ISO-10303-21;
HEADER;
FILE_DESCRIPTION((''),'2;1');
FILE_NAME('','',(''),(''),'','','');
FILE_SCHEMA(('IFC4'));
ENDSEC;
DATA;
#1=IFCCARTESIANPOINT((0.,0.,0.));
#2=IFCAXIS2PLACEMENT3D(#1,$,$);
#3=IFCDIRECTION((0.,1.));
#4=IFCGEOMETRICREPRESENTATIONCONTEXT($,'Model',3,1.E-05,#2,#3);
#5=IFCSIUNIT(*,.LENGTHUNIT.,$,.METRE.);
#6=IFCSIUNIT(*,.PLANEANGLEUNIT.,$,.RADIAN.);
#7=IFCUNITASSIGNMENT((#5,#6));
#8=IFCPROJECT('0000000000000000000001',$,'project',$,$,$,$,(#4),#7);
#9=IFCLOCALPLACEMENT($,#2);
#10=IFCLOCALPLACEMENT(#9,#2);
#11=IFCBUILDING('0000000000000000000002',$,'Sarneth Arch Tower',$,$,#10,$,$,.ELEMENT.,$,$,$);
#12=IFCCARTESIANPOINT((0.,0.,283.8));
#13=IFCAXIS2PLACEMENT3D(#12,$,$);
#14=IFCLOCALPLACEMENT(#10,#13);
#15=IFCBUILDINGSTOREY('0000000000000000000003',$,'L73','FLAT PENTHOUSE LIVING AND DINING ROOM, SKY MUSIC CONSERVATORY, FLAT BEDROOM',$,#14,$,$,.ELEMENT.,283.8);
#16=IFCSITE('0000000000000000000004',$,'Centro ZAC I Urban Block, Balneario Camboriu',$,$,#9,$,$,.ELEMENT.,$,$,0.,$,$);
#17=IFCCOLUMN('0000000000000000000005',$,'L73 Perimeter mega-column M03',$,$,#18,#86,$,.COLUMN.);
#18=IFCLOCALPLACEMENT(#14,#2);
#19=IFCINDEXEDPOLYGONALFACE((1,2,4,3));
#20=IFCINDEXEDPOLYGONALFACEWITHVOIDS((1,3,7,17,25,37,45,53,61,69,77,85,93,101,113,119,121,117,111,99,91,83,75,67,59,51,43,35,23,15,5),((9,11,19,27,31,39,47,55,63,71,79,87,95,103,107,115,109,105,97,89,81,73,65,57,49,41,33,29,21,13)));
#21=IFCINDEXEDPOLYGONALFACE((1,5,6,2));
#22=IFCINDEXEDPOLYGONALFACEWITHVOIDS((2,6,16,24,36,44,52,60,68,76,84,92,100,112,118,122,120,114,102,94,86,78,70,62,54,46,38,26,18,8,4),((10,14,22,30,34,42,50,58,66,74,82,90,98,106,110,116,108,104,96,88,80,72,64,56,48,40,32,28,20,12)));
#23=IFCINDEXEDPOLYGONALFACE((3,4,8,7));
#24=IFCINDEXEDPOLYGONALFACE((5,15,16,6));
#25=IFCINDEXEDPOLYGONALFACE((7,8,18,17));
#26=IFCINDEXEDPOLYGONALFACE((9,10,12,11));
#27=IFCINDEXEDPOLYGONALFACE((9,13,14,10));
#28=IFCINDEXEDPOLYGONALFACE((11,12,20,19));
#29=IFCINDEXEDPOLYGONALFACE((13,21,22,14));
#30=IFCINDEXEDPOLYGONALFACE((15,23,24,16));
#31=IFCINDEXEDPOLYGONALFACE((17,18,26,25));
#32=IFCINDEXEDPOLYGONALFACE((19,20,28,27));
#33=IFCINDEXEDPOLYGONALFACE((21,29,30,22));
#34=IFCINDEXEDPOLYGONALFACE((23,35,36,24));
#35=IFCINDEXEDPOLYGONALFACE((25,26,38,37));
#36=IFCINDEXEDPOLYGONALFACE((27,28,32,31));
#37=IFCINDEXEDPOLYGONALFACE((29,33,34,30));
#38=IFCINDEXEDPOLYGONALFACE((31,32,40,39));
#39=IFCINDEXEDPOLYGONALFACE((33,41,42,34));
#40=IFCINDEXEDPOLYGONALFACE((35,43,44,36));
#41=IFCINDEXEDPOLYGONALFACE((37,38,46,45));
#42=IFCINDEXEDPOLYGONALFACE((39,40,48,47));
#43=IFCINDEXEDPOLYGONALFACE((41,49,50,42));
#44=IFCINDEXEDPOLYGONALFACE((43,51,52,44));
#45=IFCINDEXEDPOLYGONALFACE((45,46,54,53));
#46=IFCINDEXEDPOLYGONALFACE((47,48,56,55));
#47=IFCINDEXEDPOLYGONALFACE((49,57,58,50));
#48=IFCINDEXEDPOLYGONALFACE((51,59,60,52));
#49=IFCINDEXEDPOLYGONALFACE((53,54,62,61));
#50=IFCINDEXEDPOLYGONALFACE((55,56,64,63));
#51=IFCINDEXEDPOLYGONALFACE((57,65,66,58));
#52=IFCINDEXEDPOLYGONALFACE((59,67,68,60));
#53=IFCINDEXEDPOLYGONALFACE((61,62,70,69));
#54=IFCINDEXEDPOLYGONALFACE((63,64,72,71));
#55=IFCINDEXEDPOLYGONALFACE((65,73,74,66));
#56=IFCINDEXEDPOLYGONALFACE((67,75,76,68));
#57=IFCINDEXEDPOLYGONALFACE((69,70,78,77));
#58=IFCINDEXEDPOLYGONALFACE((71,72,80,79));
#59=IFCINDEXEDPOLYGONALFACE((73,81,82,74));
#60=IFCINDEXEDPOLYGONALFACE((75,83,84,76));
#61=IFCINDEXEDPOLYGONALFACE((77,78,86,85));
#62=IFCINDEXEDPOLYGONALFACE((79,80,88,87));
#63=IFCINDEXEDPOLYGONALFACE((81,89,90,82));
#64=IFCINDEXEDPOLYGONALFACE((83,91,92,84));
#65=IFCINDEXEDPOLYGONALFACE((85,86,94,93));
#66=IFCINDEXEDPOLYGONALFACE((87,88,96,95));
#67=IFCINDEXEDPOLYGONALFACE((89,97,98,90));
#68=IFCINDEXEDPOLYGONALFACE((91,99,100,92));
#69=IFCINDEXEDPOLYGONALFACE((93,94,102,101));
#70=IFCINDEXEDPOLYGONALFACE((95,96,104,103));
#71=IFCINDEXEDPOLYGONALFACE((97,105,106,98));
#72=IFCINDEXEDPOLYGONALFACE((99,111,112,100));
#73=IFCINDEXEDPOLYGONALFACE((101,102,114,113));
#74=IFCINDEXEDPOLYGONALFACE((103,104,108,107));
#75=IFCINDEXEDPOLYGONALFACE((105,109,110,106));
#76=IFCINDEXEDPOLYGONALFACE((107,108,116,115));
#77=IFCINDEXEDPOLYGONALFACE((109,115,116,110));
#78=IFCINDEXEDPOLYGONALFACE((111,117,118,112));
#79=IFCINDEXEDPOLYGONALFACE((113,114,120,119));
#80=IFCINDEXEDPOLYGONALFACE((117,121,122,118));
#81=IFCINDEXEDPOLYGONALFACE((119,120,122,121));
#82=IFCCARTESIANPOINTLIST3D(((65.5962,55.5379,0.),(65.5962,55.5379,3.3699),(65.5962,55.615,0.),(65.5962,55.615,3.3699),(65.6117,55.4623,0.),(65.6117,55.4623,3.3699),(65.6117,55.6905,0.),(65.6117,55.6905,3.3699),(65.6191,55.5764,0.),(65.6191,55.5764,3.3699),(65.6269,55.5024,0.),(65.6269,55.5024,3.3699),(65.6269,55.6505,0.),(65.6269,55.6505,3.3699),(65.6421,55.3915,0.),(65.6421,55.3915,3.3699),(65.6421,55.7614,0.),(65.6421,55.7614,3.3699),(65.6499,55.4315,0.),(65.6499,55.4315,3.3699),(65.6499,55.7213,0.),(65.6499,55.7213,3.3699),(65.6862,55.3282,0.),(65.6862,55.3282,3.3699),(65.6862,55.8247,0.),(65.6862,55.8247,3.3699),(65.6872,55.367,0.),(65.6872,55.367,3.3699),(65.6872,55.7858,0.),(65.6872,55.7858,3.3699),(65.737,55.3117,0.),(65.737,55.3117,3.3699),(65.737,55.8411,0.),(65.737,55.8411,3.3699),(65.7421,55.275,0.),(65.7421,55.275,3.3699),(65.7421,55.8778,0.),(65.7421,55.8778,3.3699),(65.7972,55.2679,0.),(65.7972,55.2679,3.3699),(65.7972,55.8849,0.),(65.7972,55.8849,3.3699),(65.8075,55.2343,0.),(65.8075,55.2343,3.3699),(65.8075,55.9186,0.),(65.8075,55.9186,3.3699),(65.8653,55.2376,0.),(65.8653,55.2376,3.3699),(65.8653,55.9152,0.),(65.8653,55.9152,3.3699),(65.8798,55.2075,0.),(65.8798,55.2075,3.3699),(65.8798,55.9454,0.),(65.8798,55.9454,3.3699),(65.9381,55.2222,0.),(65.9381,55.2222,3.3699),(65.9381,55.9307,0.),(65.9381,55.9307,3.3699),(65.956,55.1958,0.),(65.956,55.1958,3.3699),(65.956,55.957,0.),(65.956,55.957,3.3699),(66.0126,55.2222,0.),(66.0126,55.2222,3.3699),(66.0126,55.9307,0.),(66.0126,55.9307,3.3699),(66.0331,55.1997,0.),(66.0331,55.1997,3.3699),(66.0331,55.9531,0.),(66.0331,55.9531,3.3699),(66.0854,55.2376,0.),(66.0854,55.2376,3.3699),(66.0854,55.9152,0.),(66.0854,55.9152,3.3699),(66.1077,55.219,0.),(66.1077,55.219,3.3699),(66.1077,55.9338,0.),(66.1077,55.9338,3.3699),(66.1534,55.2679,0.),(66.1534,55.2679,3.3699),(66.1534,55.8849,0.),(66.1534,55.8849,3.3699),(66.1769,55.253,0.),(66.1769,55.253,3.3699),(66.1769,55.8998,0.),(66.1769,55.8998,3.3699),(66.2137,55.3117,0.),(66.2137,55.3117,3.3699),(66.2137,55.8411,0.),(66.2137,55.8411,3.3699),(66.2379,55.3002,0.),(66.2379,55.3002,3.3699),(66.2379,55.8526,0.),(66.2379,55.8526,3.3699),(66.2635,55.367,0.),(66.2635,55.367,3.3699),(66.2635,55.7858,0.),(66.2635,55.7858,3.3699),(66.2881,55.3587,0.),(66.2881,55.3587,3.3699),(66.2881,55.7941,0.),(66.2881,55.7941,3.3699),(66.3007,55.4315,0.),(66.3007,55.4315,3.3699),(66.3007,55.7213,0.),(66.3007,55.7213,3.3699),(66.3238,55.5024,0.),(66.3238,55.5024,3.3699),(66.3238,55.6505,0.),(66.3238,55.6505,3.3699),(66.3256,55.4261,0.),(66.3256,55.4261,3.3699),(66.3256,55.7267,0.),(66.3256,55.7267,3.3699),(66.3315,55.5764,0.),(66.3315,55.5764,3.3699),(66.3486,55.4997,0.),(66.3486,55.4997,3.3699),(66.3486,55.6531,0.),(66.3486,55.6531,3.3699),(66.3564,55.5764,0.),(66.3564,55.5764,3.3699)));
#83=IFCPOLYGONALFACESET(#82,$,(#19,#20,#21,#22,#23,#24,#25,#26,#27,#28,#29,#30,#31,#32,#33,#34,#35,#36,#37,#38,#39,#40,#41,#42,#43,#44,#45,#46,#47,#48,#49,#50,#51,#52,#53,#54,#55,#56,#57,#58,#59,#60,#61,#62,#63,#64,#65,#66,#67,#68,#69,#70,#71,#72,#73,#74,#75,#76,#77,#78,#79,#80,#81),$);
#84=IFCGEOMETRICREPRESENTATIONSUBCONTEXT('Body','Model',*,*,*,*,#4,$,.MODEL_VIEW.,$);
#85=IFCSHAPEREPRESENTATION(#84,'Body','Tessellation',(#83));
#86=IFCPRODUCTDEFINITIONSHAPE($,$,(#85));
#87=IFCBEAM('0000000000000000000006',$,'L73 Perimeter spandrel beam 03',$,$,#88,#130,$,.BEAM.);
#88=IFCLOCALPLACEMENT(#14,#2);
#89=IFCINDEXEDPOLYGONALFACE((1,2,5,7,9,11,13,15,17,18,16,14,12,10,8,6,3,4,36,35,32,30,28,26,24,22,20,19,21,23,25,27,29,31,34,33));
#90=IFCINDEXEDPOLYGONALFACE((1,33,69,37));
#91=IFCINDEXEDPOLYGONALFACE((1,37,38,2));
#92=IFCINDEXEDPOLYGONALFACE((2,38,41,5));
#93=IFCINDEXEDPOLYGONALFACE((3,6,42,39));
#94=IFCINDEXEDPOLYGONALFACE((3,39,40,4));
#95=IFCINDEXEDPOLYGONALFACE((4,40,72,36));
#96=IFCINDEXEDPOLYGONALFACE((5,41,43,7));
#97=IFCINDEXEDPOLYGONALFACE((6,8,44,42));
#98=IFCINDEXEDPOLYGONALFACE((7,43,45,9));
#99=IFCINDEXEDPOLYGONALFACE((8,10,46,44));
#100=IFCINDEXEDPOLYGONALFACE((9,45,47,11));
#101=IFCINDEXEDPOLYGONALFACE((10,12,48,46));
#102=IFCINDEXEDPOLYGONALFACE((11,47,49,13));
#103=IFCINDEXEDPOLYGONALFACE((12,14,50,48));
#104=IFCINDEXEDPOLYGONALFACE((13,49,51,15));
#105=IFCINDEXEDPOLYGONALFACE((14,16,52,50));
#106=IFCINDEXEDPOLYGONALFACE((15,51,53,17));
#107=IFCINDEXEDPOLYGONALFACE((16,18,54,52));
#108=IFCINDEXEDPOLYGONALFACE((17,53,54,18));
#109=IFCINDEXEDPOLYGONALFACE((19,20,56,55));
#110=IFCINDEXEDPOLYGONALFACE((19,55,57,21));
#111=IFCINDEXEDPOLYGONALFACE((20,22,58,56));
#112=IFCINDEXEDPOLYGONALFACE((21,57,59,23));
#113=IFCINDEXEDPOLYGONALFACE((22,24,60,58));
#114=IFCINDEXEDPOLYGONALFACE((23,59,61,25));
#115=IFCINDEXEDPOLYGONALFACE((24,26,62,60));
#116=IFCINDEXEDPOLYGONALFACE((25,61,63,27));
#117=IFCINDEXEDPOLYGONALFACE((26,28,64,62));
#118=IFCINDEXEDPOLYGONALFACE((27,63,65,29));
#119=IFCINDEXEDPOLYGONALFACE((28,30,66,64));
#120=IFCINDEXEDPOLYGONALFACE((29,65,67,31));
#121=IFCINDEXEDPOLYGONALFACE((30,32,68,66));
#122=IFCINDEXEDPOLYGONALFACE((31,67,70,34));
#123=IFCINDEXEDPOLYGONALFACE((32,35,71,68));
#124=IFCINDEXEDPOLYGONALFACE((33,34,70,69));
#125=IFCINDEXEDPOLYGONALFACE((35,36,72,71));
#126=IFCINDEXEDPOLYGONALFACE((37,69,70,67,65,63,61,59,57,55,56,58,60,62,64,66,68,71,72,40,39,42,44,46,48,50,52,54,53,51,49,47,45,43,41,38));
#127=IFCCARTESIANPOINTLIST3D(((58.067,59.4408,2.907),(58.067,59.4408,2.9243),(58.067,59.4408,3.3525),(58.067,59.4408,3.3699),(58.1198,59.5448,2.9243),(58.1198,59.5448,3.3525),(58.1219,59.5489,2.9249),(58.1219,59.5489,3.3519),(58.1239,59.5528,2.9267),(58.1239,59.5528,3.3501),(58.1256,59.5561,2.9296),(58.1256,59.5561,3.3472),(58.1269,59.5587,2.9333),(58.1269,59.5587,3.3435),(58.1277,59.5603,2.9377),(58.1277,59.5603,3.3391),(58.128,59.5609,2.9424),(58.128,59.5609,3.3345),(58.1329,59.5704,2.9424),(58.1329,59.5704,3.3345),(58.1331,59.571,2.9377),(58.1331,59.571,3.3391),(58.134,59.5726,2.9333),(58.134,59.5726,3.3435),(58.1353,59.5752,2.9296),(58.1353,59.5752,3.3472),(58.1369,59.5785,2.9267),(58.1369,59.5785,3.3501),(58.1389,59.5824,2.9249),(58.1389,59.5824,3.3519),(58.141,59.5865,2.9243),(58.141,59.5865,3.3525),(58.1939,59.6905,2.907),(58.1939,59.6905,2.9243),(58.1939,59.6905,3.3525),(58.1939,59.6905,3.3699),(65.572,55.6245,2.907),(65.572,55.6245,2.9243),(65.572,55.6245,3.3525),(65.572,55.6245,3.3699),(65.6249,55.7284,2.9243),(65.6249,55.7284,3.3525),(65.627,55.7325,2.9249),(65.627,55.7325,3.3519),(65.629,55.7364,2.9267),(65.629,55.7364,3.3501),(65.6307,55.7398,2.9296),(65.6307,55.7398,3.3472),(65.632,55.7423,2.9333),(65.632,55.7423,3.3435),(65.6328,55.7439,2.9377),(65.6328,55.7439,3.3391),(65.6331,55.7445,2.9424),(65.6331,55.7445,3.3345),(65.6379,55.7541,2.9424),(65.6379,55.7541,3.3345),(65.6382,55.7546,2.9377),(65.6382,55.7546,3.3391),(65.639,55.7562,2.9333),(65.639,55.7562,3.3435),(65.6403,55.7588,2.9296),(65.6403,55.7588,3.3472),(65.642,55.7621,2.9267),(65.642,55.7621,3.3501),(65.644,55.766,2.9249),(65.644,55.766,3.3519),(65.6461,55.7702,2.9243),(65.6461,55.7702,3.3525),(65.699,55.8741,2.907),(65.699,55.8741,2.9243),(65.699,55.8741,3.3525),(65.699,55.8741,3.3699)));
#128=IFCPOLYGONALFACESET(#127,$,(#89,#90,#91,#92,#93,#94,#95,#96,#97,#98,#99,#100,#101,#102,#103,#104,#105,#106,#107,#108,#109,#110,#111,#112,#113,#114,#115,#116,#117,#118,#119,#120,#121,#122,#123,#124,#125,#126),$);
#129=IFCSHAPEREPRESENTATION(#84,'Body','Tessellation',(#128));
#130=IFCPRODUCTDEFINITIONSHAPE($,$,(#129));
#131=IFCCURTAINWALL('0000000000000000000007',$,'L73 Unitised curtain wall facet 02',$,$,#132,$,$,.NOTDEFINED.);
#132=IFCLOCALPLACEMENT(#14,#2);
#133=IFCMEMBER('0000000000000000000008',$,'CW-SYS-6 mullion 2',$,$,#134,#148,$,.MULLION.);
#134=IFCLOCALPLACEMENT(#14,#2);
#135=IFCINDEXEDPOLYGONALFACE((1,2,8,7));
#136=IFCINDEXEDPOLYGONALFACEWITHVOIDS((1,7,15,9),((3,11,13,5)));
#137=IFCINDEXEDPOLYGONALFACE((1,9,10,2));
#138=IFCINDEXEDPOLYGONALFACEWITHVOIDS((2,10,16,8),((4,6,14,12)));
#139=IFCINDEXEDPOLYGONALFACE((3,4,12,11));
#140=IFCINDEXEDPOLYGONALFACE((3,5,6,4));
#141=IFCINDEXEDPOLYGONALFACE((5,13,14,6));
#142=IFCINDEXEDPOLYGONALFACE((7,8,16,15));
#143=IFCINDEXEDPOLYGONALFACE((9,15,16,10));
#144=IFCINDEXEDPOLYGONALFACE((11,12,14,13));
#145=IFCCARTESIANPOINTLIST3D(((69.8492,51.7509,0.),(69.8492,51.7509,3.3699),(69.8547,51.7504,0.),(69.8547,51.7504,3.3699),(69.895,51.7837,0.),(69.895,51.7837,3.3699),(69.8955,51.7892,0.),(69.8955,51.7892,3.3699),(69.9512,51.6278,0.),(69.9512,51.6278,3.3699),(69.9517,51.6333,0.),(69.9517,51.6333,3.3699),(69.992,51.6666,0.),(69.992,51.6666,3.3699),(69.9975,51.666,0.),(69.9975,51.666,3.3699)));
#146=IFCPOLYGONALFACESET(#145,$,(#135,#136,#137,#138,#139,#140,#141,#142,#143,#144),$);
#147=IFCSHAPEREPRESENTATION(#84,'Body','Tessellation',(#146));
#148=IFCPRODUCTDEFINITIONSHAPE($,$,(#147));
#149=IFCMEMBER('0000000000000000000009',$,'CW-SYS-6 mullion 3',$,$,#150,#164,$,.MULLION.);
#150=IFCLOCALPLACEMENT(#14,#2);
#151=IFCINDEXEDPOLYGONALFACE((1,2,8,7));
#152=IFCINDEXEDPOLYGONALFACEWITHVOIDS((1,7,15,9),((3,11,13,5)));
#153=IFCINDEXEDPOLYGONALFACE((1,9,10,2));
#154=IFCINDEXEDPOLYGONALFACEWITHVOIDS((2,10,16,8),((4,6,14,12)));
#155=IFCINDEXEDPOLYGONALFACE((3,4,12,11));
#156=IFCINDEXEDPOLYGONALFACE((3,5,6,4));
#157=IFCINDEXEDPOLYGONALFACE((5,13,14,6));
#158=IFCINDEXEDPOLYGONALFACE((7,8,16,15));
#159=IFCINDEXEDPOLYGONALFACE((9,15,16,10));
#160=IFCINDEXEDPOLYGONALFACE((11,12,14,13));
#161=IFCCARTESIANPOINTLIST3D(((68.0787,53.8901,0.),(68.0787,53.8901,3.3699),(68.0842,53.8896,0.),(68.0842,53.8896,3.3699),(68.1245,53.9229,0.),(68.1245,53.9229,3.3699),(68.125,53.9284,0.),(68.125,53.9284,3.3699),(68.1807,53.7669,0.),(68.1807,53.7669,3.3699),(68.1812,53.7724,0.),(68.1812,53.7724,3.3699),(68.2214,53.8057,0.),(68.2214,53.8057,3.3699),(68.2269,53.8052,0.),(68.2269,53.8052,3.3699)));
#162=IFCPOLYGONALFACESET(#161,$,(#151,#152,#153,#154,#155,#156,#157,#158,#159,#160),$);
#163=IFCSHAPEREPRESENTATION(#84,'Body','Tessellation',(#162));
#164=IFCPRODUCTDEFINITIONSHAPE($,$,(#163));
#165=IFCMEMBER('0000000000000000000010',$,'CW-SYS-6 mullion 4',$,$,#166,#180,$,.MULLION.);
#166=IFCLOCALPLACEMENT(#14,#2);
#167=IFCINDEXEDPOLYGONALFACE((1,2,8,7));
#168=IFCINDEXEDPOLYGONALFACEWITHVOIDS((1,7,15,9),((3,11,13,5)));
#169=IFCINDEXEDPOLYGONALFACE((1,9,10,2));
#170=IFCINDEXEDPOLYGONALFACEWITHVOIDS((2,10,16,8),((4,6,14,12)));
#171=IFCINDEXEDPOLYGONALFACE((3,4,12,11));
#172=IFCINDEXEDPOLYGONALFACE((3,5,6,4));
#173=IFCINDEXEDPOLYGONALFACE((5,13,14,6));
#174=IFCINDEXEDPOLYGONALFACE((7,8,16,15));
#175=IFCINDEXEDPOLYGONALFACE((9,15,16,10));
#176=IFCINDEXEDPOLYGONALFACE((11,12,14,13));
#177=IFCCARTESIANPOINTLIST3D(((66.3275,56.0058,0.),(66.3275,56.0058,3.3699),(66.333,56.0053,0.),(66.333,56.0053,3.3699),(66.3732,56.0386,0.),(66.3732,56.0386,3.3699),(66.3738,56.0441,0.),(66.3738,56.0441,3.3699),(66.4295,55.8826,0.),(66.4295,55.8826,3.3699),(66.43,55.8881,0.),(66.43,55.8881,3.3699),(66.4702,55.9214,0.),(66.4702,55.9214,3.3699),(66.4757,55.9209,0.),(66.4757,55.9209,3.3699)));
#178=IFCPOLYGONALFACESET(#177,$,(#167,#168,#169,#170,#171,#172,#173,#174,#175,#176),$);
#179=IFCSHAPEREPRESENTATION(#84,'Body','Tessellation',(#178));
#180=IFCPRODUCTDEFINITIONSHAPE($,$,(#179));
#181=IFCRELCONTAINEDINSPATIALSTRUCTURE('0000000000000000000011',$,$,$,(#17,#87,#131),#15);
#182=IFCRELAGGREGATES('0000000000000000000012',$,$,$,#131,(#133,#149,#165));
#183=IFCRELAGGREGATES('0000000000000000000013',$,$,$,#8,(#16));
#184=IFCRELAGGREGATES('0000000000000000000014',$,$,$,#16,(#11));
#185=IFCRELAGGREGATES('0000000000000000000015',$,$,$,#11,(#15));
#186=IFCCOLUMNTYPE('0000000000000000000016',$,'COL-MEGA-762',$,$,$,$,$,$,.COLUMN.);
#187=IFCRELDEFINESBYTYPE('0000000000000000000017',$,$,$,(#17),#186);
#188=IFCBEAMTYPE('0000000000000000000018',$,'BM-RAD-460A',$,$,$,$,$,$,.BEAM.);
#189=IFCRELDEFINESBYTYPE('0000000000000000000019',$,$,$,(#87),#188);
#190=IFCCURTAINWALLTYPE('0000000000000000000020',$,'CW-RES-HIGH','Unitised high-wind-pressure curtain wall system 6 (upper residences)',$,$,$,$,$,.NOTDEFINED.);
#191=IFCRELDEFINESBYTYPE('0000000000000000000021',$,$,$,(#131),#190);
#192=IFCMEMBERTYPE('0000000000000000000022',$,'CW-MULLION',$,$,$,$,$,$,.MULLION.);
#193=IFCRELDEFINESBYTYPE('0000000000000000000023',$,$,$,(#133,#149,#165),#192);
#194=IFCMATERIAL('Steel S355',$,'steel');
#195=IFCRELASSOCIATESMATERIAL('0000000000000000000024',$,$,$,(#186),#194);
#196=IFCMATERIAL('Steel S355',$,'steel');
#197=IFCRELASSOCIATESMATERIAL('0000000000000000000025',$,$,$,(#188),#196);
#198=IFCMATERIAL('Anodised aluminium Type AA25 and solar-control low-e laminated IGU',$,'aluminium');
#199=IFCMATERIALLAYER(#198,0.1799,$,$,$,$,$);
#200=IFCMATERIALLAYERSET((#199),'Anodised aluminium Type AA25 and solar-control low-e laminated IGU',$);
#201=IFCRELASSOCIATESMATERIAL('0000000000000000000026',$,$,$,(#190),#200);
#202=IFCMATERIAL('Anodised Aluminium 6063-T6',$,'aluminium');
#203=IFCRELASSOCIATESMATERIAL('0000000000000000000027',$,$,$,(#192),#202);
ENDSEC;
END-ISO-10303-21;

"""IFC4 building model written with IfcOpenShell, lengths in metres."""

from ifc_helpers import new_model, si_unit, direction, frame, origin, origin_2d, place, context, subcontext, project, spatial, hollow_rectangle, hollow_circle, i_section, extrude, material, layer, layer_set, material_profile, profile_set, type_object, element, aggregate, save


model = new_model("IFC4")

# Units and contexts
model_context = context("Model", 3, precision=1e-05, world=origin(), true_north=direction((0.0, 1.0)))
body_context = subcontext(model_context, "Body", "Model", "MODEL_VIEW")
ifc_project = project(units=[si_unit("LENGTHUNIT", "METRE"), si_unit("PLANEANGLEUNIT", "RADIAN")], contexts=[model_context])

# Site, building, storey
site_placement = place(None, origin())
site = spatial("IfcSite", under=ifc_project, at=site_placement, Name="Centro ZAC I Urban Block, Balneario Camboriu", CompositionType="ELEMENT", RefElevation=0.0)
building_placement = place(site_placement, origin())
building = spatial("IfcBuilding", under=site, at=building_placement, Name="Sarneth Arch Tower", CompositionType="ELEMENT")
storey_placement = place(building_placement, frame((0.0, 0.0, 283.8)))
storey = spatial("IfcBuildingStorey", under=building, at=storey_placement, Name="L73", Description="FLAT PENTHOUSE LIVING AND DINING ROOM, SKY MUSIC CONSERVATORY, FLAT BEDROOM", CompositionType="ELEMENT", Elevation=283.8)

# Column
ifc_material_1 = material(Name="Steel S355", Category="steel")
ifc_material_profile_1 = material_profile(ifc_material_1, hollow_circle(Radius=0.3811, WallThickness=0.0249, at=origin_2d()), Name="CHS762x25")
ifc_profile_set_1 = profile_set([ifc_material_profile_1], Name="Steel S355")
column_type = type_object("IfcColumnType", Name="COL-MEGA-762", PredefinedType="COLUMN", material=ifc_profile_set_1)
column_placement = place(storey_placement, frame((65.9753, 55.5764, 0.0), z_axis=(0.0, 0.0, 1.0), x_axis=(1.0, 0.0, 0.0)))
element("IfcColumn", 1, at=column_placement, inside=storey, type_object=column_type, Name="L73 Perimeter mega-column M03", PredefinedType="COLUMN", context=body_context, shape_type="SweptSolid", body=[
    extrude(hollow_circle(Radius=0.3811, WallThickness=0.0249, at=origin_2d()), origin(), (0.0, 0.0, 1.0), 3.3699),
])

# Beam
ifc_material_2 = material(Name="Steel S355", Category="steel")
ifc_material_profile_2 = material_profile(ifc_material_2, i_section(OverallWidth=0.28, OverallDepth=0.4629, WebThickness=0.0107, FlangeThickness=0.0173, FilletRadius=0.0181, at=origin_2d()), Name="W460x113")
ifc_profile_set_2 = profile_set([ifc_material_profile_2], Name="Steel S355")
beam_type = type_object("IfcBeamType", Name="BM-RAD-460A", PredefinedType="BEAM", material=ifc_profile_set_2)
beam_placement = place(storey_placement, frame((65.6355, 55.7493, 3.1384), z_axis=(-0.891374, 0.453269, 0.0), x_axis=(-0.453269, -0.891374, 0.0)))
element("IfcBeam", 2, at=beam_placement, inside=storey, type_object=beam_type, Name="L73 Perimeter spandrel beam 03", PredefinedType="BEAM", context=body_context, shape_type="SweptSolid", body=[
    extrude(i_section(OverallWidth=0.28, OverallDepth=0.4629, WebThickness=0.0107, FlangeThickness=0.0173, FilletRadius=0.0181, at=origin_2d()), origin(), (0.0, 0.0, 1.0), 8.4197),
])

# Curtain wall, members
ifc_material_3 = material(Name="Anodised aluminium Type AA25 and solar-control low-e laminated IGU", Category="aluminium")
ifc_layer_1 = layer(ifc_material_3, 0.1799)
ifc_layer_set_1 = layer_set([ifc_layer_1], Name="Anodised aluminium Type AA25 and solar-control low-e laminated IGU")
curtain_wall_type = type_object("IfcCurtainWallType", Name="CW-RES-HIGH", Description="Unitised high-wind-pressure curtain wall system 6 (upper residences)", PredefinedType="NOTDEFINED", material=ifc_layer_set_1)
curtain_wall_placement = place(storey_placement, origin())
curtain_wall = element("IfcCurtainWall", 3, at=curtain_wall_placement, inside=storey, type_object=curtain_wall_type, Name="L73 Unitised curtain wall facet 02", PredefinedType="NOTDEFINED")
ifc_material_4 = material(Name="Anodised Aluminium 6063-T6", Category="aluminium")
ifc_material_profile_3 = material_profile(ifc_material_4, hollow_rectangle(XDim=0.0601, YDim=0.1599, WallThickness=0.0039, at=origin_2d()), Name="AL-MULL-160x60x4")
ifc_profile_set_3 = profile_set([ifc_material_profile_3], Name="Anodised Aluminium 6063-T6")
member_type_1 = type_object("IfcMemberType", Name="CW-MULLION", PredefinedType="MULLION", material=ifc_profile_set_3)
member_1_placement = place(storey_placement, frame((69.9233, 51.7085, 0.0), z_axis=(0.0, 0.0, 1.0), x_axis=(-0.770359, -0.63761, 0.0)))
member_1 = element("IfcMember", 4, at=member_1_placement, type_object=member_type_1, Name="CW-SYS-6 mullion 2", PredefinedType="MULLION", context=body_context, shape_type="SweptSolid", body=[
    extrude(hollow_rectangle(XDim=0.0601, YDim=0.1599, WallThickness=0.0039, at=origin_2d()), origin(), (0.0, 0.0, 1.0), 3.3699),
])
member_2_placement = place(storey_placement, frame((68.1528, 53.8477, 0.0), z_axis=(0.0, 0.0, 1.0), x_axis=(-0.770359, -0.63761, 0.0)))
member_2 = element("IfcMember", 5, at=member_2_placement, type_object=member_type_1, Name="CW-SYS-6 mullion 3", PredefinedType="MULLION", context=body_context, shape_type="SweptSolid", body=[
    extrude(hollow_rectangle(XDim=0.0601, YDim=0.1599, WallThickness=0.0039, at=origin_2d()), origin(), (0.0, 0.0, 1.0), 3.3699),
])
member_3_placement = place(storey_placement, frame((66.4016, 55.9634, 0.0), z_axis=(0.0, 0.0, 1.0), x_axis=(-0.770359, -0.63761, 0.0)))
member_3 = element("IfcMember", 6, at=member_3_placement, type_object=member_type_1, Name="CW-SYS-6 mullion 4", PredefinedType="MULLION", context=body_context, shape_type="SweptSolid", body=[
    extrude(hollow_rectangle(XDim=0.0601, YDim=0.1599, WallThickness=0.0039, at=origin_2d()), origin(), (0.0, 0.0, 1.0), 3.3699),
])

aggregate(curtain_wall, [member_1, member_2, member_3])

save(model, "model.ifc")
